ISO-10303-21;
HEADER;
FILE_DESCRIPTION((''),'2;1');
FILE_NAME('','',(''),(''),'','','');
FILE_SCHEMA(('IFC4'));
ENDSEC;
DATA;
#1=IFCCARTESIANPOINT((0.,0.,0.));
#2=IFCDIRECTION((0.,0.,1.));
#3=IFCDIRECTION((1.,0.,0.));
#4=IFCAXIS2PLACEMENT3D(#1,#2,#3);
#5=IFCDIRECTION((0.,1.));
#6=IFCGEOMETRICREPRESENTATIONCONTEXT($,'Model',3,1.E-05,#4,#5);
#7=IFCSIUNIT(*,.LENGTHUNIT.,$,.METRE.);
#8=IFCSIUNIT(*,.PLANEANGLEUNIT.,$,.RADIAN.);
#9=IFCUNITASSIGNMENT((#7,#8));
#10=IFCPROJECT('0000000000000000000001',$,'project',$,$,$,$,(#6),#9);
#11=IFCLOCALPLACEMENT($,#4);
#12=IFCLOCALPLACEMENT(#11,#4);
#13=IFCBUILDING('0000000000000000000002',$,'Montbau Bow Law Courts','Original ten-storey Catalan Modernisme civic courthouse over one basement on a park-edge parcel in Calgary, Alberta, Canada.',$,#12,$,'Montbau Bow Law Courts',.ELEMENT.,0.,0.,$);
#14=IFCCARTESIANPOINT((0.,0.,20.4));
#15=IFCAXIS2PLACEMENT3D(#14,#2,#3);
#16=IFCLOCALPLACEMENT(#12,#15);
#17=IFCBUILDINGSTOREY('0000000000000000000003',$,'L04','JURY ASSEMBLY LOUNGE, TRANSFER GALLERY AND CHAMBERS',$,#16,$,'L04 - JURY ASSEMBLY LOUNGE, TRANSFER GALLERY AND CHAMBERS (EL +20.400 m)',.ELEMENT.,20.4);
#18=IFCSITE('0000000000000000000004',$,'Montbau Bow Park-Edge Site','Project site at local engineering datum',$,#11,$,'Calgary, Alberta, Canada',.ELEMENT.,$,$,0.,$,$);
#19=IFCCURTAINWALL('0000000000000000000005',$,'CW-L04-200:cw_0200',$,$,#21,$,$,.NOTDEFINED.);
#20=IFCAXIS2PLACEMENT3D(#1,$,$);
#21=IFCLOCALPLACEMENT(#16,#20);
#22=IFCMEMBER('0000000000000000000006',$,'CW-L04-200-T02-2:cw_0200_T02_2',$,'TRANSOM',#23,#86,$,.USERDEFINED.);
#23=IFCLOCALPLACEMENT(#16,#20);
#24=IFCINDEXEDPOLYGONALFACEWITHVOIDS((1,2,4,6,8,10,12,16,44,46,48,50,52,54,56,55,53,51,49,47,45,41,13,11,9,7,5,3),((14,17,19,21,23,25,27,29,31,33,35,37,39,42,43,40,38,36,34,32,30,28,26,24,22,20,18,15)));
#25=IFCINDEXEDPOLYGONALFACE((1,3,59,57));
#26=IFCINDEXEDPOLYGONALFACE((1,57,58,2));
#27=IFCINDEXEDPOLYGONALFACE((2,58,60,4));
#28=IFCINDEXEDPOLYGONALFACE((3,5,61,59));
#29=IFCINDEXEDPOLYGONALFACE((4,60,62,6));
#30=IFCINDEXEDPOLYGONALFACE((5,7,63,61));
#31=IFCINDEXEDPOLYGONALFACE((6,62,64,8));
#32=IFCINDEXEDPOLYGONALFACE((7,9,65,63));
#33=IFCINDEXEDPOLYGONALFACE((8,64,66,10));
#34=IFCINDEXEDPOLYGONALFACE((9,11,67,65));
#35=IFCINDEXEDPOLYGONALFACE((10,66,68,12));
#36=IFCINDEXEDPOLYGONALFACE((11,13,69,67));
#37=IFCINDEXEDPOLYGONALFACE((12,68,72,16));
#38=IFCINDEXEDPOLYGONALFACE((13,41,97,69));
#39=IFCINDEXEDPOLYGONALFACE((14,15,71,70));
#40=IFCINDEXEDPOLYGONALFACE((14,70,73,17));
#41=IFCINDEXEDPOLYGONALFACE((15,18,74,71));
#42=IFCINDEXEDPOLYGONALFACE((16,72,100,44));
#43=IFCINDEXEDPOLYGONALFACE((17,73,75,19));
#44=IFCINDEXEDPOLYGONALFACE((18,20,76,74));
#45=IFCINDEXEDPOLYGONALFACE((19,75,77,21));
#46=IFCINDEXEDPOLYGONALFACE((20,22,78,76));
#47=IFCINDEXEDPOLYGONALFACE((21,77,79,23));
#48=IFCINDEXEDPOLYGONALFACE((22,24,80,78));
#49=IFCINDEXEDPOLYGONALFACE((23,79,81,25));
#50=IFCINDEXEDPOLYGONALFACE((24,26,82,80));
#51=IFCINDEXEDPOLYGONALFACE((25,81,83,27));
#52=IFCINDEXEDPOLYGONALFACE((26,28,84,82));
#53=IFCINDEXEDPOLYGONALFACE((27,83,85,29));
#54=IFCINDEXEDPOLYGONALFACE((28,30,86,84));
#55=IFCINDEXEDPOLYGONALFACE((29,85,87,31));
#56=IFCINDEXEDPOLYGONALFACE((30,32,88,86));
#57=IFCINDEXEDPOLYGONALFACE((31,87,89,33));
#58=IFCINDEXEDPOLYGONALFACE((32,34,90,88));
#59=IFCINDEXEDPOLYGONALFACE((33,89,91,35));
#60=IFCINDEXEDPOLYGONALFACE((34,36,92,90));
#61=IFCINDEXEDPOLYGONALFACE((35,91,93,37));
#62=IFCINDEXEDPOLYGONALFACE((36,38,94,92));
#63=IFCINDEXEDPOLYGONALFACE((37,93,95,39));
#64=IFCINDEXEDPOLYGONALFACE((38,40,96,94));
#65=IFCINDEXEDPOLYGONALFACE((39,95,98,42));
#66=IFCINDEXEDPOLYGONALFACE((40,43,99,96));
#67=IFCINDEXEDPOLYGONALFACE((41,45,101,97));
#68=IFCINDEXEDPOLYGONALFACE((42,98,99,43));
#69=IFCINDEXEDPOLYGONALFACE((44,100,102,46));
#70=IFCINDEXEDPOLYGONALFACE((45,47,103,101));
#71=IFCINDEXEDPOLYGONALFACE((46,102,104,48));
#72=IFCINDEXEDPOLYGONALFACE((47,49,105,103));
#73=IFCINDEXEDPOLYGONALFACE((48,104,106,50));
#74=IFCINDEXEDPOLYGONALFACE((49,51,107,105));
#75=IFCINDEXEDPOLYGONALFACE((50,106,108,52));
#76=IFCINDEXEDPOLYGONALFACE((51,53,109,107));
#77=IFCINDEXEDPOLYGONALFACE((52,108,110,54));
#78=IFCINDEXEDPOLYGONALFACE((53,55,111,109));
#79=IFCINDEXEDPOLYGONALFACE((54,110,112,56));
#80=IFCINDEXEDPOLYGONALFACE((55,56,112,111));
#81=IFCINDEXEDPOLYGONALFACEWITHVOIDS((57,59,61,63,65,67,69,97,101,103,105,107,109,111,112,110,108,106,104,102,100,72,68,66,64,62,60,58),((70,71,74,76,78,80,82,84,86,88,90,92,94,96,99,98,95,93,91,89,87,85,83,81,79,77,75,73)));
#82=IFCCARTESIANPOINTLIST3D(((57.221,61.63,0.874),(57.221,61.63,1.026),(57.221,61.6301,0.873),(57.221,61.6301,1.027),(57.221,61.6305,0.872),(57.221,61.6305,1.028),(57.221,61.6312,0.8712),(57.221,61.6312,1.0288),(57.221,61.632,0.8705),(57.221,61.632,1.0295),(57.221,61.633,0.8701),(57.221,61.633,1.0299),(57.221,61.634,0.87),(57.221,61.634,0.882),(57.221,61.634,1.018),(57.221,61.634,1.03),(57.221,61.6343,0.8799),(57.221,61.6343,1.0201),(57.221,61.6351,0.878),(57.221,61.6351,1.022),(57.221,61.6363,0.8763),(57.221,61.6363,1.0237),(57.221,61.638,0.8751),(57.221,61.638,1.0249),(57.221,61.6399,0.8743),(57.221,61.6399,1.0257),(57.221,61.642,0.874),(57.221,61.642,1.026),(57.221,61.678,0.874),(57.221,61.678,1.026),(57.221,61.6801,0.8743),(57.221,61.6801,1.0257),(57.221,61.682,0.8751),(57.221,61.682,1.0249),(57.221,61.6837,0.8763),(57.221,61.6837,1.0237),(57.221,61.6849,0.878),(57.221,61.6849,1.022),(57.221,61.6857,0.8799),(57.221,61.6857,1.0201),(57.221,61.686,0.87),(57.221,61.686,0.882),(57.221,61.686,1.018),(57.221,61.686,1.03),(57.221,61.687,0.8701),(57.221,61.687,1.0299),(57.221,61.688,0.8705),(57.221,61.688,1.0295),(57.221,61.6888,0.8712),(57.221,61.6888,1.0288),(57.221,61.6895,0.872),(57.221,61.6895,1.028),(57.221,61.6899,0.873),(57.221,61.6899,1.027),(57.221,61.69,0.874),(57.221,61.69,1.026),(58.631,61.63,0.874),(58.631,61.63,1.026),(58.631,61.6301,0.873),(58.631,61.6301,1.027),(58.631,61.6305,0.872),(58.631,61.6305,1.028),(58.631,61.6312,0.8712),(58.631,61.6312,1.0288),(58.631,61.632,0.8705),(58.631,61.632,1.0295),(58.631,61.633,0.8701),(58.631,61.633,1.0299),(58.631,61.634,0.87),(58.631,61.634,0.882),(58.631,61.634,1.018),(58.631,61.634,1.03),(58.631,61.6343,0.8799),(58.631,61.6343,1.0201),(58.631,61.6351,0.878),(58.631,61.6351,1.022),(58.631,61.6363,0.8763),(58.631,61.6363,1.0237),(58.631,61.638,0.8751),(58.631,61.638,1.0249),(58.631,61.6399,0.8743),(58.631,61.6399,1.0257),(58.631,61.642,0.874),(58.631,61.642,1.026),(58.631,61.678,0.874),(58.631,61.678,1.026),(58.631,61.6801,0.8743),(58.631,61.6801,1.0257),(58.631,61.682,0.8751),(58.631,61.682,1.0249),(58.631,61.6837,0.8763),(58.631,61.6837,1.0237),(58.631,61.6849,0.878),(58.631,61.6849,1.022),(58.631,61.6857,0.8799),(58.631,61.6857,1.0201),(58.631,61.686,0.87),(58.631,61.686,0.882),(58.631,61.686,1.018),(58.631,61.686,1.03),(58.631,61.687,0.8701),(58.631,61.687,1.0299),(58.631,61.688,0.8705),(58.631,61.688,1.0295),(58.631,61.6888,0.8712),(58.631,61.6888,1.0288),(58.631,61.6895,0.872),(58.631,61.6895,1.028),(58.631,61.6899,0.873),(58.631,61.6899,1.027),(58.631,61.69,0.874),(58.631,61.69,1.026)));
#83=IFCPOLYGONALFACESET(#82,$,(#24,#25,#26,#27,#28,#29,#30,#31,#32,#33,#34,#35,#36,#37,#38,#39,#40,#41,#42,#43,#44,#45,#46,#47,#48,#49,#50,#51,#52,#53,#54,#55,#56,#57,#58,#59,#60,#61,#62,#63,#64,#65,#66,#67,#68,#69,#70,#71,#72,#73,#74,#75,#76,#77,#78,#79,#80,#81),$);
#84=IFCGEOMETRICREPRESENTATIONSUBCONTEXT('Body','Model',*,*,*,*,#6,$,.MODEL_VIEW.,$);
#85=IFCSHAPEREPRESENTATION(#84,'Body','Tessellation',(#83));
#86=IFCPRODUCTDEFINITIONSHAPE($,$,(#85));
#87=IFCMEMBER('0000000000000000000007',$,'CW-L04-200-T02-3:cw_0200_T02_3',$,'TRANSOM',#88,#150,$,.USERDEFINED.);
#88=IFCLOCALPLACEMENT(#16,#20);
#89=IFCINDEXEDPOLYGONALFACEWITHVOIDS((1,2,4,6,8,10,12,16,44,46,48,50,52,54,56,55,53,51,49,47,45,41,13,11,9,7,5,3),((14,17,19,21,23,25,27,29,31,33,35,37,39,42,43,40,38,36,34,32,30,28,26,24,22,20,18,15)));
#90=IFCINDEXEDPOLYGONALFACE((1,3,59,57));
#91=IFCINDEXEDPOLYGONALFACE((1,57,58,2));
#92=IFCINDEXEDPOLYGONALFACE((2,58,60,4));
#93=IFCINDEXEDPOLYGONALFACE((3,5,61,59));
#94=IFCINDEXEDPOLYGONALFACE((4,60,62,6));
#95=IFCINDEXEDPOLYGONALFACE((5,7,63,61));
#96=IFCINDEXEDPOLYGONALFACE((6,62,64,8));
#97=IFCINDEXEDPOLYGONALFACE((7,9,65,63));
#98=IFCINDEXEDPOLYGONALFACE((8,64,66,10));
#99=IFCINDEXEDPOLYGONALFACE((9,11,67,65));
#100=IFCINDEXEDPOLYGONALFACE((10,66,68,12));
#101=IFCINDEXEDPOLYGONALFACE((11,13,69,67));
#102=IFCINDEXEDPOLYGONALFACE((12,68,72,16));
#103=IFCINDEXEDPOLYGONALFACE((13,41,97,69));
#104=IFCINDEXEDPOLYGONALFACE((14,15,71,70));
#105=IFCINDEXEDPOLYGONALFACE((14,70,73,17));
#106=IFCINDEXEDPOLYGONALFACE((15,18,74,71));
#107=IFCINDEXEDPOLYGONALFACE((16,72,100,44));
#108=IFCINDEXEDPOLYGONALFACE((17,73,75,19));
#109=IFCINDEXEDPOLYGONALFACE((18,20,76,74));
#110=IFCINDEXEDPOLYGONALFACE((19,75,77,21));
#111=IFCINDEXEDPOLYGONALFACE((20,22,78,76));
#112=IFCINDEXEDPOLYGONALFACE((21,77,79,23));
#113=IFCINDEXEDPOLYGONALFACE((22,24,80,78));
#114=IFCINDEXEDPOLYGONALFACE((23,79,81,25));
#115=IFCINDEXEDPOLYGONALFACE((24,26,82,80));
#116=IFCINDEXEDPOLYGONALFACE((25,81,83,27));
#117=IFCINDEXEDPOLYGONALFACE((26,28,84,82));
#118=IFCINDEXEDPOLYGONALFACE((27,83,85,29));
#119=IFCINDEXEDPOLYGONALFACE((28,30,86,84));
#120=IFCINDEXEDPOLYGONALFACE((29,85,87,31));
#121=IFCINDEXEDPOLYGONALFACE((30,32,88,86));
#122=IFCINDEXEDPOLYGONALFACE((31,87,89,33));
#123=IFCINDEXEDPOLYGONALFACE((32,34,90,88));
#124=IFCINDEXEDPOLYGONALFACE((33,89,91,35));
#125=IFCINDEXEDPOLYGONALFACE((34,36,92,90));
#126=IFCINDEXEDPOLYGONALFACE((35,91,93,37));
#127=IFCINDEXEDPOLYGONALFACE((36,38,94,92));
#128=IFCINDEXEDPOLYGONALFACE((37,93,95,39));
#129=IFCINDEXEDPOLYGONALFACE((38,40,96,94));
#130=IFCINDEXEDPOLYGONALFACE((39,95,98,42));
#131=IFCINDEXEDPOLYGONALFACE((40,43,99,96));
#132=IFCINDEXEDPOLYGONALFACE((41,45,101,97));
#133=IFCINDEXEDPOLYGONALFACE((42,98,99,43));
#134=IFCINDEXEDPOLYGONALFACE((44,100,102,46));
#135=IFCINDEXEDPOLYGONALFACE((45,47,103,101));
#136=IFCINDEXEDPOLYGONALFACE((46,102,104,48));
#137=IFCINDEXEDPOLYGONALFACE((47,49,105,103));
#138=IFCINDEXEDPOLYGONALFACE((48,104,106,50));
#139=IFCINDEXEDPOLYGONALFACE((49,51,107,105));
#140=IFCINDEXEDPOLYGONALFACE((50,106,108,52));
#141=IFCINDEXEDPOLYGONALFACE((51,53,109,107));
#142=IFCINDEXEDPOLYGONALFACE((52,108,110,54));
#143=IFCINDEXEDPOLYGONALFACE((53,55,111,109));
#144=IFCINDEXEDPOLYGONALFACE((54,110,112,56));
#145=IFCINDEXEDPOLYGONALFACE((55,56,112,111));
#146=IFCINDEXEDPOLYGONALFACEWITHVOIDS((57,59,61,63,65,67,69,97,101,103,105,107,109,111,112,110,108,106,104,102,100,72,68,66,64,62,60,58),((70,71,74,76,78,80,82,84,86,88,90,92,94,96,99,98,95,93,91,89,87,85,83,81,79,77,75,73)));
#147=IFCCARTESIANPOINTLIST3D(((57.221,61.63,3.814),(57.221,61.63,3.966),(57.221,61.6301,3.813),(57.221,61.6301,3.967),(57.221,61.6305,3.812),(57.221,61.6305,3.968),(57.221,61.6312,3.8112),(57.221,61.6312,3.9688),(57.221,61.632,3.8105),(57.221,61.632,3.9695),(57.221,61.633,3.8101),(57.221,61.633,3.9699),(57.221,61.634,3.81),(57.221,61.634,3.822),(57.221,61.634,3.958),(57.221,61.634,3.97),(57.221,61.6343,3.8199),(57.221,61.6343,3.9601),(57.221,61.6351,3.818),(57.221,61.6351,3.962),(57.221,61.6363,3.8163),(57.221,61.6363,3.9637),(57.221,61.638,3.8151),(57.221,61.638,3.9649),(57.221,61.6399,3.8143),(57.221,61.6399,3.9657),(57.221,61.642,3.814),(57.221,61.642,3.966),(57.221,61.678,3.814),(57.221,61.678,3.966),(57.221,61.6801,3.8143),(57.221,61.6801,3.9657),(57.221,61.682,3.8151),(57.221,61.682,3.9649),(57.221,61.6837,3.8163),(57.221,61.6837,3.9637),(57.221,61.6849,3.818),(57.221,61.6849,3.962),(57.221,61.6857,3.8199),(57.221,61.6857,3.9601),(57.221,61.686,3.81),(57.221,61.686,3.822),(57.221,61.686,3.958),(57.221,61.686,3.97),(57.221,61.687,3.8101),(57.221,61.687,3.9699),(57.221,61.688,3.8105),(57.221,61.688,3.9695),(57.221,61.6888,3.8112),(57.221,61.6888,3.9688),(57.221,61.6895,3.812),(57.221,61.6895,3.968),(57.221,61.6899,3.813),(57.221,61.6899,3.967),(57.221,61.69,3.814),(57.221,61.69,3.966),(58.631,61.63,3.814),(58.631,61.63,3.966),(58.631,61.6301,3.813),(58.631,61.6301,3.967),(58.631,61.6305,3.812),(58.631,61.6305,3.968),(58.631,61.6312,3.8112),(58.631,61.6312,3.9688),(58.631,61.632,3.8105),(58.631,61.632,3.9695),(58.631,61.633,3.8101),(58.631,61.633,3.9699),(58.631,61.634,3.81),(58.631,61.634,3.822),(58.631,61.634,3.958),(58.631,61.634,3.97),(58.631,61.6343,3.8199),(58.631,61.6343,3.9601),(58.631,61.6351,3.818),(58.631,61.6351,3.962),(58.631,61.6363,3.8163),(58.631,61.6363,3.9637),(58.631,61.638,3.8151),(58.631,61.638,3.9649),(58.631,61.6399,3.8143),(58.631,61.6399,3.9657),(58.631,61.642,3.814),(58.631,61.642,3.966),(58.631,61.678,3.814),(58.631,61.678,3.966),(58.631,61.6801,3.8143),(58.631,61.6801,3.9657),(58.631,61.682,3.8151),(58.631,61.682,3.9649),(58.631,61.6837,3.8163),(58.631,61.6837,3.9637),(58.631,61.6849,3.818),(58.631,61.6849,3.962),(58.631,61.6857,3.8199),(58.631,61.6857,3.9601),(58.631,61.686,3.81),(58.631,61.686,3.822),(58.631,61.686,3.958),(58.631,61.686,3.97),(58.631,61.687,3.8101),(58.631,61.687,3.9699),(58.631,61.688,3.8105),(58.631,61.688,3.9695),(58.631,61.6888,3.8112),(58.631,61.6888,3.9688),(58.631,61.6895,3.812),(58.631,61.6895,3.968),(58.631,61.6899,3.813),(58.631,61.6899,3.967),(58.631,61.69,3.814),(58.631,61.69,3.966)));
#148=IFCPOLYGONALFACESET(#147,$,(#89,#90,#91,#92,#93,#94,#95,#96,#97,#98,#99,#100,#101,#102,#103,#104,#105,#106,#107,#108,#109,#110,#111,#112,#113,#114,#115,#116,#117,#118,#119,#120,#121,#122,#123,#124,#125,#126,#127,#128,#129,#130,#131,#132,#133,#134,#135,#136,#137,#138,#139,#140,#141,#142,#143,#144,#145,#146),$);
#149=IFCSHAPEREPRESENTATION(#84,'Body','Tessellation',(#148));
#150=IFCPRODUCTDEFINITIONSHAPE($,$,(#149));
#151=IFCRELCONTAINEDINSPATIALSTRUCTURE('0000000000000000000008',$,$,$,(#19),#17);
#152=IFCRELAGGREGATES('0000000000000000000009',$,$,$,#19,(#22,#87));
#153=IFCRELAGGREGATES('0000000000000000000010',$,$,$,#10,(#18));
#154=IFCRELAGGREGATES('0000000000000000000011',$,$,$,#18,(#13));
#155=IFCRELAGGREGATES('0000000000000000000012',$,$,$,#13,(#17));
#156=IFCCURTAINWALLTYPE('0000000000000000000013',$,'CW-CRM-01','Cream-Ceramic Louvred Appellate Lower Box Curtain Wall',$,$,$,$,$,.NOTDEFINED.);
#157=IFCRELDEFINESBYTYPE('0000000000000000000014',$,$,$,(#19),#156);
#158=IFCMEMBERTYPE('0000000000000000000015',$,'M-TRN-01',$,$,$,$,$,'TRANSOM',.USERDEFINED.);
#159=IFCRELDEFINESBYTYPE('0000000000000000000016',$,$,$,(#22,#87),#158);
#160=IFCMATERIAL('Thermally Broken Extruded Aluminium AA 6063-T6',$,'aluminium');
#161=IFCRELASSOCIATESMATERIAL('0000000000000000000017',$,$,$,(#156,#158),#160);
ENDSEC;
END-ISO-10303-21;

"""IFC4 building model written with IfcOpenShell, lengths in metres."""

from ifc_helpers import new_model, si_unit, direction, frame, origin_with_axes, origin_2d_with_axis, place, context, subcontext, project, spatial, hollow_rectangle, extrude, material, material_profile, profile_set, type_object, element, aggregate, save


model = new_model("IFC4")

# Units and contexts
model_context = context("Model", 3, precision=1e-05, world=origin_with_axes(), true_north=direction((0.0, 1.0)))
body_context = subcontext(model_context, "Body", "Model", "MODEL_VIEW")
ifc_project = project(units=[si_unit("LENGTHUNIT", "METRE"), si_unit("PLANEANGLEUNIT", "RADIAN")], contexts=[model_context])

# Site, building, storey
site_placement = place(None, origin_with_axes())
site = spatial("IfcSite", under=ifc_project, at=site_placement, Name="Montbau Bow Park-Edge Site", Description="Project site at local engineering datum", LongName="Calgary, Alberta, Canada", CompositionType="ELEMENT", RefElevation=0.0)
building_placement = place(site_placement, origin_with_axes())
building = spatial("IfcBuilding", under=site, at=building_placement, Name="Montbau Bow Law Courts", Description="Original ten-storey Catalan Modernisme civic courthouse over one basement on a park-edge parcel in Calgary, Alberta, Canada.", LongName="Montbau Bow Law Courts", CompositionType="ELEMENT", ElevationOfRefHeight=0.0, ElevationOfTerrain=0.0)
storey_placement = place(building_placement, frame((0.0, 0.0, 20.4), z_axis=(0.0, 0.0, 1.0), x_axis=(1.0, 0.0, 0.0)))
storey = spatial("IfcBuildingStorey", under=building, at=storey_placement, Name="L04", Description="JURY ASSEMBLY LOUNGE, TRANSFER GALLERY AND CHAMBERS", LongName="L04 - JURY ASSEMBLY LOUNGE, TRANSFER GALLERY AND CHAMBERS (EL +20.400 m)", CompositionType="ELEMENT", Elevation=20.4)

# Shared definitions
ifc_material_1 = material(Name="Thermally Broken Extruded Aluminium AA 6063-T6", Category="aluminium")
curtain_wall_type = type_object("IfcCurtainWallType", Name="CW-CRM-01", Description="Cream-Ceramic Louvred Appellate Lower Box Curtain Wall", PredefinedType="NOTDEFINED", material=ifc_material_1)

# Curtain wall, members
curtain_wall_1_placement = place(None, frame((55.715, 61.66, 20.4), z_axis=(0.0, 0.0, 1.0), x_axis=(1.0, 0.0, 0.0)))
curtain_wall_1 = element("IfcCurtainWall", 1, at=curtain_wall_1_placement, inside=storey, type_object=curtain_wall_type, Name="CW-L04-200:cw_0200", PredefinedType="NOTDEFINED")
ifc_material_profile_1 = material_profile(ifc_material_1, hollow_rectangle(XDim=0.06, YDim=0.16, WallThickness=0.004, InnerFilletRadius=0.008, OuterFilletRadius=0.004, at=origin_2d_with_axis()), Name="CWT-160X60", Category="Main", Priority=0)
ifc_profile_set_1 = profile_set([ifc_material_profile_1], Name="Thermally Broken Extruded Aluminium AA 6063-T6")
member_type_1 = type_object("IfcMemberType", Name="M-TRN-01", ElementType="TRANSOM", PredefinedType="USERDEFINED", material=ifc_profile_set_1)
member_1_placement = place(None, frame((57.221, 61.66, 21.35), z_axis=(1.0, 0.0, 0.0), x_axis=(0.0, 1.0, 0.0)))
member_1 = element("IfcMember", 2, at=member_1_placement, type_object=member_type_1, Name="CW-L04-200-T02-2:cw_0200_T02_2", ObjectType="TRANSOM", PredefinedType="USERDEFINED", context=body_context, shape_type="SweptSolid", body=[
    extrude(hollow_rectangle(XDim=0.06, YDim=0.16, WallThickness=0.004, InnerFilletRadius=0.008, OuterFilletRadius=0.004, at=origin_2d_with_axis()), origin_with_axes(), (0.0, 0.0, 1.0), 1.41),
])
member_2_placement = place(None, frame((57.221, 61.66, 24.29), z_axis=(1.0, 0.0, 0.0), x_axis=(0.0, 1.0, 0.0)))
member_2 = element("IfcMember", 3, at=member_2_placement, type_object=member_type_1, Name="CW-L04-200-T02-3:cw_0200_T02_3", ObjectType="TRANSOM", PredefinedType="USERDEFINED", context=body_context, shape_type="SweptSolid", body=[
    extrude(hollow_rectangle(XDim=0.06, YDim=0.16, WallThickness=0.004, InnerFilletRadius=0.008, OuterFilletRadius=0.004, at=origin_2d_with_axis()), origin_with_axes(), (0.0, 0.0, 1.0), 1.41),
])

aggregate(curtain_wall_1, [member_1, member_2])

save(model, "model.ifc")
